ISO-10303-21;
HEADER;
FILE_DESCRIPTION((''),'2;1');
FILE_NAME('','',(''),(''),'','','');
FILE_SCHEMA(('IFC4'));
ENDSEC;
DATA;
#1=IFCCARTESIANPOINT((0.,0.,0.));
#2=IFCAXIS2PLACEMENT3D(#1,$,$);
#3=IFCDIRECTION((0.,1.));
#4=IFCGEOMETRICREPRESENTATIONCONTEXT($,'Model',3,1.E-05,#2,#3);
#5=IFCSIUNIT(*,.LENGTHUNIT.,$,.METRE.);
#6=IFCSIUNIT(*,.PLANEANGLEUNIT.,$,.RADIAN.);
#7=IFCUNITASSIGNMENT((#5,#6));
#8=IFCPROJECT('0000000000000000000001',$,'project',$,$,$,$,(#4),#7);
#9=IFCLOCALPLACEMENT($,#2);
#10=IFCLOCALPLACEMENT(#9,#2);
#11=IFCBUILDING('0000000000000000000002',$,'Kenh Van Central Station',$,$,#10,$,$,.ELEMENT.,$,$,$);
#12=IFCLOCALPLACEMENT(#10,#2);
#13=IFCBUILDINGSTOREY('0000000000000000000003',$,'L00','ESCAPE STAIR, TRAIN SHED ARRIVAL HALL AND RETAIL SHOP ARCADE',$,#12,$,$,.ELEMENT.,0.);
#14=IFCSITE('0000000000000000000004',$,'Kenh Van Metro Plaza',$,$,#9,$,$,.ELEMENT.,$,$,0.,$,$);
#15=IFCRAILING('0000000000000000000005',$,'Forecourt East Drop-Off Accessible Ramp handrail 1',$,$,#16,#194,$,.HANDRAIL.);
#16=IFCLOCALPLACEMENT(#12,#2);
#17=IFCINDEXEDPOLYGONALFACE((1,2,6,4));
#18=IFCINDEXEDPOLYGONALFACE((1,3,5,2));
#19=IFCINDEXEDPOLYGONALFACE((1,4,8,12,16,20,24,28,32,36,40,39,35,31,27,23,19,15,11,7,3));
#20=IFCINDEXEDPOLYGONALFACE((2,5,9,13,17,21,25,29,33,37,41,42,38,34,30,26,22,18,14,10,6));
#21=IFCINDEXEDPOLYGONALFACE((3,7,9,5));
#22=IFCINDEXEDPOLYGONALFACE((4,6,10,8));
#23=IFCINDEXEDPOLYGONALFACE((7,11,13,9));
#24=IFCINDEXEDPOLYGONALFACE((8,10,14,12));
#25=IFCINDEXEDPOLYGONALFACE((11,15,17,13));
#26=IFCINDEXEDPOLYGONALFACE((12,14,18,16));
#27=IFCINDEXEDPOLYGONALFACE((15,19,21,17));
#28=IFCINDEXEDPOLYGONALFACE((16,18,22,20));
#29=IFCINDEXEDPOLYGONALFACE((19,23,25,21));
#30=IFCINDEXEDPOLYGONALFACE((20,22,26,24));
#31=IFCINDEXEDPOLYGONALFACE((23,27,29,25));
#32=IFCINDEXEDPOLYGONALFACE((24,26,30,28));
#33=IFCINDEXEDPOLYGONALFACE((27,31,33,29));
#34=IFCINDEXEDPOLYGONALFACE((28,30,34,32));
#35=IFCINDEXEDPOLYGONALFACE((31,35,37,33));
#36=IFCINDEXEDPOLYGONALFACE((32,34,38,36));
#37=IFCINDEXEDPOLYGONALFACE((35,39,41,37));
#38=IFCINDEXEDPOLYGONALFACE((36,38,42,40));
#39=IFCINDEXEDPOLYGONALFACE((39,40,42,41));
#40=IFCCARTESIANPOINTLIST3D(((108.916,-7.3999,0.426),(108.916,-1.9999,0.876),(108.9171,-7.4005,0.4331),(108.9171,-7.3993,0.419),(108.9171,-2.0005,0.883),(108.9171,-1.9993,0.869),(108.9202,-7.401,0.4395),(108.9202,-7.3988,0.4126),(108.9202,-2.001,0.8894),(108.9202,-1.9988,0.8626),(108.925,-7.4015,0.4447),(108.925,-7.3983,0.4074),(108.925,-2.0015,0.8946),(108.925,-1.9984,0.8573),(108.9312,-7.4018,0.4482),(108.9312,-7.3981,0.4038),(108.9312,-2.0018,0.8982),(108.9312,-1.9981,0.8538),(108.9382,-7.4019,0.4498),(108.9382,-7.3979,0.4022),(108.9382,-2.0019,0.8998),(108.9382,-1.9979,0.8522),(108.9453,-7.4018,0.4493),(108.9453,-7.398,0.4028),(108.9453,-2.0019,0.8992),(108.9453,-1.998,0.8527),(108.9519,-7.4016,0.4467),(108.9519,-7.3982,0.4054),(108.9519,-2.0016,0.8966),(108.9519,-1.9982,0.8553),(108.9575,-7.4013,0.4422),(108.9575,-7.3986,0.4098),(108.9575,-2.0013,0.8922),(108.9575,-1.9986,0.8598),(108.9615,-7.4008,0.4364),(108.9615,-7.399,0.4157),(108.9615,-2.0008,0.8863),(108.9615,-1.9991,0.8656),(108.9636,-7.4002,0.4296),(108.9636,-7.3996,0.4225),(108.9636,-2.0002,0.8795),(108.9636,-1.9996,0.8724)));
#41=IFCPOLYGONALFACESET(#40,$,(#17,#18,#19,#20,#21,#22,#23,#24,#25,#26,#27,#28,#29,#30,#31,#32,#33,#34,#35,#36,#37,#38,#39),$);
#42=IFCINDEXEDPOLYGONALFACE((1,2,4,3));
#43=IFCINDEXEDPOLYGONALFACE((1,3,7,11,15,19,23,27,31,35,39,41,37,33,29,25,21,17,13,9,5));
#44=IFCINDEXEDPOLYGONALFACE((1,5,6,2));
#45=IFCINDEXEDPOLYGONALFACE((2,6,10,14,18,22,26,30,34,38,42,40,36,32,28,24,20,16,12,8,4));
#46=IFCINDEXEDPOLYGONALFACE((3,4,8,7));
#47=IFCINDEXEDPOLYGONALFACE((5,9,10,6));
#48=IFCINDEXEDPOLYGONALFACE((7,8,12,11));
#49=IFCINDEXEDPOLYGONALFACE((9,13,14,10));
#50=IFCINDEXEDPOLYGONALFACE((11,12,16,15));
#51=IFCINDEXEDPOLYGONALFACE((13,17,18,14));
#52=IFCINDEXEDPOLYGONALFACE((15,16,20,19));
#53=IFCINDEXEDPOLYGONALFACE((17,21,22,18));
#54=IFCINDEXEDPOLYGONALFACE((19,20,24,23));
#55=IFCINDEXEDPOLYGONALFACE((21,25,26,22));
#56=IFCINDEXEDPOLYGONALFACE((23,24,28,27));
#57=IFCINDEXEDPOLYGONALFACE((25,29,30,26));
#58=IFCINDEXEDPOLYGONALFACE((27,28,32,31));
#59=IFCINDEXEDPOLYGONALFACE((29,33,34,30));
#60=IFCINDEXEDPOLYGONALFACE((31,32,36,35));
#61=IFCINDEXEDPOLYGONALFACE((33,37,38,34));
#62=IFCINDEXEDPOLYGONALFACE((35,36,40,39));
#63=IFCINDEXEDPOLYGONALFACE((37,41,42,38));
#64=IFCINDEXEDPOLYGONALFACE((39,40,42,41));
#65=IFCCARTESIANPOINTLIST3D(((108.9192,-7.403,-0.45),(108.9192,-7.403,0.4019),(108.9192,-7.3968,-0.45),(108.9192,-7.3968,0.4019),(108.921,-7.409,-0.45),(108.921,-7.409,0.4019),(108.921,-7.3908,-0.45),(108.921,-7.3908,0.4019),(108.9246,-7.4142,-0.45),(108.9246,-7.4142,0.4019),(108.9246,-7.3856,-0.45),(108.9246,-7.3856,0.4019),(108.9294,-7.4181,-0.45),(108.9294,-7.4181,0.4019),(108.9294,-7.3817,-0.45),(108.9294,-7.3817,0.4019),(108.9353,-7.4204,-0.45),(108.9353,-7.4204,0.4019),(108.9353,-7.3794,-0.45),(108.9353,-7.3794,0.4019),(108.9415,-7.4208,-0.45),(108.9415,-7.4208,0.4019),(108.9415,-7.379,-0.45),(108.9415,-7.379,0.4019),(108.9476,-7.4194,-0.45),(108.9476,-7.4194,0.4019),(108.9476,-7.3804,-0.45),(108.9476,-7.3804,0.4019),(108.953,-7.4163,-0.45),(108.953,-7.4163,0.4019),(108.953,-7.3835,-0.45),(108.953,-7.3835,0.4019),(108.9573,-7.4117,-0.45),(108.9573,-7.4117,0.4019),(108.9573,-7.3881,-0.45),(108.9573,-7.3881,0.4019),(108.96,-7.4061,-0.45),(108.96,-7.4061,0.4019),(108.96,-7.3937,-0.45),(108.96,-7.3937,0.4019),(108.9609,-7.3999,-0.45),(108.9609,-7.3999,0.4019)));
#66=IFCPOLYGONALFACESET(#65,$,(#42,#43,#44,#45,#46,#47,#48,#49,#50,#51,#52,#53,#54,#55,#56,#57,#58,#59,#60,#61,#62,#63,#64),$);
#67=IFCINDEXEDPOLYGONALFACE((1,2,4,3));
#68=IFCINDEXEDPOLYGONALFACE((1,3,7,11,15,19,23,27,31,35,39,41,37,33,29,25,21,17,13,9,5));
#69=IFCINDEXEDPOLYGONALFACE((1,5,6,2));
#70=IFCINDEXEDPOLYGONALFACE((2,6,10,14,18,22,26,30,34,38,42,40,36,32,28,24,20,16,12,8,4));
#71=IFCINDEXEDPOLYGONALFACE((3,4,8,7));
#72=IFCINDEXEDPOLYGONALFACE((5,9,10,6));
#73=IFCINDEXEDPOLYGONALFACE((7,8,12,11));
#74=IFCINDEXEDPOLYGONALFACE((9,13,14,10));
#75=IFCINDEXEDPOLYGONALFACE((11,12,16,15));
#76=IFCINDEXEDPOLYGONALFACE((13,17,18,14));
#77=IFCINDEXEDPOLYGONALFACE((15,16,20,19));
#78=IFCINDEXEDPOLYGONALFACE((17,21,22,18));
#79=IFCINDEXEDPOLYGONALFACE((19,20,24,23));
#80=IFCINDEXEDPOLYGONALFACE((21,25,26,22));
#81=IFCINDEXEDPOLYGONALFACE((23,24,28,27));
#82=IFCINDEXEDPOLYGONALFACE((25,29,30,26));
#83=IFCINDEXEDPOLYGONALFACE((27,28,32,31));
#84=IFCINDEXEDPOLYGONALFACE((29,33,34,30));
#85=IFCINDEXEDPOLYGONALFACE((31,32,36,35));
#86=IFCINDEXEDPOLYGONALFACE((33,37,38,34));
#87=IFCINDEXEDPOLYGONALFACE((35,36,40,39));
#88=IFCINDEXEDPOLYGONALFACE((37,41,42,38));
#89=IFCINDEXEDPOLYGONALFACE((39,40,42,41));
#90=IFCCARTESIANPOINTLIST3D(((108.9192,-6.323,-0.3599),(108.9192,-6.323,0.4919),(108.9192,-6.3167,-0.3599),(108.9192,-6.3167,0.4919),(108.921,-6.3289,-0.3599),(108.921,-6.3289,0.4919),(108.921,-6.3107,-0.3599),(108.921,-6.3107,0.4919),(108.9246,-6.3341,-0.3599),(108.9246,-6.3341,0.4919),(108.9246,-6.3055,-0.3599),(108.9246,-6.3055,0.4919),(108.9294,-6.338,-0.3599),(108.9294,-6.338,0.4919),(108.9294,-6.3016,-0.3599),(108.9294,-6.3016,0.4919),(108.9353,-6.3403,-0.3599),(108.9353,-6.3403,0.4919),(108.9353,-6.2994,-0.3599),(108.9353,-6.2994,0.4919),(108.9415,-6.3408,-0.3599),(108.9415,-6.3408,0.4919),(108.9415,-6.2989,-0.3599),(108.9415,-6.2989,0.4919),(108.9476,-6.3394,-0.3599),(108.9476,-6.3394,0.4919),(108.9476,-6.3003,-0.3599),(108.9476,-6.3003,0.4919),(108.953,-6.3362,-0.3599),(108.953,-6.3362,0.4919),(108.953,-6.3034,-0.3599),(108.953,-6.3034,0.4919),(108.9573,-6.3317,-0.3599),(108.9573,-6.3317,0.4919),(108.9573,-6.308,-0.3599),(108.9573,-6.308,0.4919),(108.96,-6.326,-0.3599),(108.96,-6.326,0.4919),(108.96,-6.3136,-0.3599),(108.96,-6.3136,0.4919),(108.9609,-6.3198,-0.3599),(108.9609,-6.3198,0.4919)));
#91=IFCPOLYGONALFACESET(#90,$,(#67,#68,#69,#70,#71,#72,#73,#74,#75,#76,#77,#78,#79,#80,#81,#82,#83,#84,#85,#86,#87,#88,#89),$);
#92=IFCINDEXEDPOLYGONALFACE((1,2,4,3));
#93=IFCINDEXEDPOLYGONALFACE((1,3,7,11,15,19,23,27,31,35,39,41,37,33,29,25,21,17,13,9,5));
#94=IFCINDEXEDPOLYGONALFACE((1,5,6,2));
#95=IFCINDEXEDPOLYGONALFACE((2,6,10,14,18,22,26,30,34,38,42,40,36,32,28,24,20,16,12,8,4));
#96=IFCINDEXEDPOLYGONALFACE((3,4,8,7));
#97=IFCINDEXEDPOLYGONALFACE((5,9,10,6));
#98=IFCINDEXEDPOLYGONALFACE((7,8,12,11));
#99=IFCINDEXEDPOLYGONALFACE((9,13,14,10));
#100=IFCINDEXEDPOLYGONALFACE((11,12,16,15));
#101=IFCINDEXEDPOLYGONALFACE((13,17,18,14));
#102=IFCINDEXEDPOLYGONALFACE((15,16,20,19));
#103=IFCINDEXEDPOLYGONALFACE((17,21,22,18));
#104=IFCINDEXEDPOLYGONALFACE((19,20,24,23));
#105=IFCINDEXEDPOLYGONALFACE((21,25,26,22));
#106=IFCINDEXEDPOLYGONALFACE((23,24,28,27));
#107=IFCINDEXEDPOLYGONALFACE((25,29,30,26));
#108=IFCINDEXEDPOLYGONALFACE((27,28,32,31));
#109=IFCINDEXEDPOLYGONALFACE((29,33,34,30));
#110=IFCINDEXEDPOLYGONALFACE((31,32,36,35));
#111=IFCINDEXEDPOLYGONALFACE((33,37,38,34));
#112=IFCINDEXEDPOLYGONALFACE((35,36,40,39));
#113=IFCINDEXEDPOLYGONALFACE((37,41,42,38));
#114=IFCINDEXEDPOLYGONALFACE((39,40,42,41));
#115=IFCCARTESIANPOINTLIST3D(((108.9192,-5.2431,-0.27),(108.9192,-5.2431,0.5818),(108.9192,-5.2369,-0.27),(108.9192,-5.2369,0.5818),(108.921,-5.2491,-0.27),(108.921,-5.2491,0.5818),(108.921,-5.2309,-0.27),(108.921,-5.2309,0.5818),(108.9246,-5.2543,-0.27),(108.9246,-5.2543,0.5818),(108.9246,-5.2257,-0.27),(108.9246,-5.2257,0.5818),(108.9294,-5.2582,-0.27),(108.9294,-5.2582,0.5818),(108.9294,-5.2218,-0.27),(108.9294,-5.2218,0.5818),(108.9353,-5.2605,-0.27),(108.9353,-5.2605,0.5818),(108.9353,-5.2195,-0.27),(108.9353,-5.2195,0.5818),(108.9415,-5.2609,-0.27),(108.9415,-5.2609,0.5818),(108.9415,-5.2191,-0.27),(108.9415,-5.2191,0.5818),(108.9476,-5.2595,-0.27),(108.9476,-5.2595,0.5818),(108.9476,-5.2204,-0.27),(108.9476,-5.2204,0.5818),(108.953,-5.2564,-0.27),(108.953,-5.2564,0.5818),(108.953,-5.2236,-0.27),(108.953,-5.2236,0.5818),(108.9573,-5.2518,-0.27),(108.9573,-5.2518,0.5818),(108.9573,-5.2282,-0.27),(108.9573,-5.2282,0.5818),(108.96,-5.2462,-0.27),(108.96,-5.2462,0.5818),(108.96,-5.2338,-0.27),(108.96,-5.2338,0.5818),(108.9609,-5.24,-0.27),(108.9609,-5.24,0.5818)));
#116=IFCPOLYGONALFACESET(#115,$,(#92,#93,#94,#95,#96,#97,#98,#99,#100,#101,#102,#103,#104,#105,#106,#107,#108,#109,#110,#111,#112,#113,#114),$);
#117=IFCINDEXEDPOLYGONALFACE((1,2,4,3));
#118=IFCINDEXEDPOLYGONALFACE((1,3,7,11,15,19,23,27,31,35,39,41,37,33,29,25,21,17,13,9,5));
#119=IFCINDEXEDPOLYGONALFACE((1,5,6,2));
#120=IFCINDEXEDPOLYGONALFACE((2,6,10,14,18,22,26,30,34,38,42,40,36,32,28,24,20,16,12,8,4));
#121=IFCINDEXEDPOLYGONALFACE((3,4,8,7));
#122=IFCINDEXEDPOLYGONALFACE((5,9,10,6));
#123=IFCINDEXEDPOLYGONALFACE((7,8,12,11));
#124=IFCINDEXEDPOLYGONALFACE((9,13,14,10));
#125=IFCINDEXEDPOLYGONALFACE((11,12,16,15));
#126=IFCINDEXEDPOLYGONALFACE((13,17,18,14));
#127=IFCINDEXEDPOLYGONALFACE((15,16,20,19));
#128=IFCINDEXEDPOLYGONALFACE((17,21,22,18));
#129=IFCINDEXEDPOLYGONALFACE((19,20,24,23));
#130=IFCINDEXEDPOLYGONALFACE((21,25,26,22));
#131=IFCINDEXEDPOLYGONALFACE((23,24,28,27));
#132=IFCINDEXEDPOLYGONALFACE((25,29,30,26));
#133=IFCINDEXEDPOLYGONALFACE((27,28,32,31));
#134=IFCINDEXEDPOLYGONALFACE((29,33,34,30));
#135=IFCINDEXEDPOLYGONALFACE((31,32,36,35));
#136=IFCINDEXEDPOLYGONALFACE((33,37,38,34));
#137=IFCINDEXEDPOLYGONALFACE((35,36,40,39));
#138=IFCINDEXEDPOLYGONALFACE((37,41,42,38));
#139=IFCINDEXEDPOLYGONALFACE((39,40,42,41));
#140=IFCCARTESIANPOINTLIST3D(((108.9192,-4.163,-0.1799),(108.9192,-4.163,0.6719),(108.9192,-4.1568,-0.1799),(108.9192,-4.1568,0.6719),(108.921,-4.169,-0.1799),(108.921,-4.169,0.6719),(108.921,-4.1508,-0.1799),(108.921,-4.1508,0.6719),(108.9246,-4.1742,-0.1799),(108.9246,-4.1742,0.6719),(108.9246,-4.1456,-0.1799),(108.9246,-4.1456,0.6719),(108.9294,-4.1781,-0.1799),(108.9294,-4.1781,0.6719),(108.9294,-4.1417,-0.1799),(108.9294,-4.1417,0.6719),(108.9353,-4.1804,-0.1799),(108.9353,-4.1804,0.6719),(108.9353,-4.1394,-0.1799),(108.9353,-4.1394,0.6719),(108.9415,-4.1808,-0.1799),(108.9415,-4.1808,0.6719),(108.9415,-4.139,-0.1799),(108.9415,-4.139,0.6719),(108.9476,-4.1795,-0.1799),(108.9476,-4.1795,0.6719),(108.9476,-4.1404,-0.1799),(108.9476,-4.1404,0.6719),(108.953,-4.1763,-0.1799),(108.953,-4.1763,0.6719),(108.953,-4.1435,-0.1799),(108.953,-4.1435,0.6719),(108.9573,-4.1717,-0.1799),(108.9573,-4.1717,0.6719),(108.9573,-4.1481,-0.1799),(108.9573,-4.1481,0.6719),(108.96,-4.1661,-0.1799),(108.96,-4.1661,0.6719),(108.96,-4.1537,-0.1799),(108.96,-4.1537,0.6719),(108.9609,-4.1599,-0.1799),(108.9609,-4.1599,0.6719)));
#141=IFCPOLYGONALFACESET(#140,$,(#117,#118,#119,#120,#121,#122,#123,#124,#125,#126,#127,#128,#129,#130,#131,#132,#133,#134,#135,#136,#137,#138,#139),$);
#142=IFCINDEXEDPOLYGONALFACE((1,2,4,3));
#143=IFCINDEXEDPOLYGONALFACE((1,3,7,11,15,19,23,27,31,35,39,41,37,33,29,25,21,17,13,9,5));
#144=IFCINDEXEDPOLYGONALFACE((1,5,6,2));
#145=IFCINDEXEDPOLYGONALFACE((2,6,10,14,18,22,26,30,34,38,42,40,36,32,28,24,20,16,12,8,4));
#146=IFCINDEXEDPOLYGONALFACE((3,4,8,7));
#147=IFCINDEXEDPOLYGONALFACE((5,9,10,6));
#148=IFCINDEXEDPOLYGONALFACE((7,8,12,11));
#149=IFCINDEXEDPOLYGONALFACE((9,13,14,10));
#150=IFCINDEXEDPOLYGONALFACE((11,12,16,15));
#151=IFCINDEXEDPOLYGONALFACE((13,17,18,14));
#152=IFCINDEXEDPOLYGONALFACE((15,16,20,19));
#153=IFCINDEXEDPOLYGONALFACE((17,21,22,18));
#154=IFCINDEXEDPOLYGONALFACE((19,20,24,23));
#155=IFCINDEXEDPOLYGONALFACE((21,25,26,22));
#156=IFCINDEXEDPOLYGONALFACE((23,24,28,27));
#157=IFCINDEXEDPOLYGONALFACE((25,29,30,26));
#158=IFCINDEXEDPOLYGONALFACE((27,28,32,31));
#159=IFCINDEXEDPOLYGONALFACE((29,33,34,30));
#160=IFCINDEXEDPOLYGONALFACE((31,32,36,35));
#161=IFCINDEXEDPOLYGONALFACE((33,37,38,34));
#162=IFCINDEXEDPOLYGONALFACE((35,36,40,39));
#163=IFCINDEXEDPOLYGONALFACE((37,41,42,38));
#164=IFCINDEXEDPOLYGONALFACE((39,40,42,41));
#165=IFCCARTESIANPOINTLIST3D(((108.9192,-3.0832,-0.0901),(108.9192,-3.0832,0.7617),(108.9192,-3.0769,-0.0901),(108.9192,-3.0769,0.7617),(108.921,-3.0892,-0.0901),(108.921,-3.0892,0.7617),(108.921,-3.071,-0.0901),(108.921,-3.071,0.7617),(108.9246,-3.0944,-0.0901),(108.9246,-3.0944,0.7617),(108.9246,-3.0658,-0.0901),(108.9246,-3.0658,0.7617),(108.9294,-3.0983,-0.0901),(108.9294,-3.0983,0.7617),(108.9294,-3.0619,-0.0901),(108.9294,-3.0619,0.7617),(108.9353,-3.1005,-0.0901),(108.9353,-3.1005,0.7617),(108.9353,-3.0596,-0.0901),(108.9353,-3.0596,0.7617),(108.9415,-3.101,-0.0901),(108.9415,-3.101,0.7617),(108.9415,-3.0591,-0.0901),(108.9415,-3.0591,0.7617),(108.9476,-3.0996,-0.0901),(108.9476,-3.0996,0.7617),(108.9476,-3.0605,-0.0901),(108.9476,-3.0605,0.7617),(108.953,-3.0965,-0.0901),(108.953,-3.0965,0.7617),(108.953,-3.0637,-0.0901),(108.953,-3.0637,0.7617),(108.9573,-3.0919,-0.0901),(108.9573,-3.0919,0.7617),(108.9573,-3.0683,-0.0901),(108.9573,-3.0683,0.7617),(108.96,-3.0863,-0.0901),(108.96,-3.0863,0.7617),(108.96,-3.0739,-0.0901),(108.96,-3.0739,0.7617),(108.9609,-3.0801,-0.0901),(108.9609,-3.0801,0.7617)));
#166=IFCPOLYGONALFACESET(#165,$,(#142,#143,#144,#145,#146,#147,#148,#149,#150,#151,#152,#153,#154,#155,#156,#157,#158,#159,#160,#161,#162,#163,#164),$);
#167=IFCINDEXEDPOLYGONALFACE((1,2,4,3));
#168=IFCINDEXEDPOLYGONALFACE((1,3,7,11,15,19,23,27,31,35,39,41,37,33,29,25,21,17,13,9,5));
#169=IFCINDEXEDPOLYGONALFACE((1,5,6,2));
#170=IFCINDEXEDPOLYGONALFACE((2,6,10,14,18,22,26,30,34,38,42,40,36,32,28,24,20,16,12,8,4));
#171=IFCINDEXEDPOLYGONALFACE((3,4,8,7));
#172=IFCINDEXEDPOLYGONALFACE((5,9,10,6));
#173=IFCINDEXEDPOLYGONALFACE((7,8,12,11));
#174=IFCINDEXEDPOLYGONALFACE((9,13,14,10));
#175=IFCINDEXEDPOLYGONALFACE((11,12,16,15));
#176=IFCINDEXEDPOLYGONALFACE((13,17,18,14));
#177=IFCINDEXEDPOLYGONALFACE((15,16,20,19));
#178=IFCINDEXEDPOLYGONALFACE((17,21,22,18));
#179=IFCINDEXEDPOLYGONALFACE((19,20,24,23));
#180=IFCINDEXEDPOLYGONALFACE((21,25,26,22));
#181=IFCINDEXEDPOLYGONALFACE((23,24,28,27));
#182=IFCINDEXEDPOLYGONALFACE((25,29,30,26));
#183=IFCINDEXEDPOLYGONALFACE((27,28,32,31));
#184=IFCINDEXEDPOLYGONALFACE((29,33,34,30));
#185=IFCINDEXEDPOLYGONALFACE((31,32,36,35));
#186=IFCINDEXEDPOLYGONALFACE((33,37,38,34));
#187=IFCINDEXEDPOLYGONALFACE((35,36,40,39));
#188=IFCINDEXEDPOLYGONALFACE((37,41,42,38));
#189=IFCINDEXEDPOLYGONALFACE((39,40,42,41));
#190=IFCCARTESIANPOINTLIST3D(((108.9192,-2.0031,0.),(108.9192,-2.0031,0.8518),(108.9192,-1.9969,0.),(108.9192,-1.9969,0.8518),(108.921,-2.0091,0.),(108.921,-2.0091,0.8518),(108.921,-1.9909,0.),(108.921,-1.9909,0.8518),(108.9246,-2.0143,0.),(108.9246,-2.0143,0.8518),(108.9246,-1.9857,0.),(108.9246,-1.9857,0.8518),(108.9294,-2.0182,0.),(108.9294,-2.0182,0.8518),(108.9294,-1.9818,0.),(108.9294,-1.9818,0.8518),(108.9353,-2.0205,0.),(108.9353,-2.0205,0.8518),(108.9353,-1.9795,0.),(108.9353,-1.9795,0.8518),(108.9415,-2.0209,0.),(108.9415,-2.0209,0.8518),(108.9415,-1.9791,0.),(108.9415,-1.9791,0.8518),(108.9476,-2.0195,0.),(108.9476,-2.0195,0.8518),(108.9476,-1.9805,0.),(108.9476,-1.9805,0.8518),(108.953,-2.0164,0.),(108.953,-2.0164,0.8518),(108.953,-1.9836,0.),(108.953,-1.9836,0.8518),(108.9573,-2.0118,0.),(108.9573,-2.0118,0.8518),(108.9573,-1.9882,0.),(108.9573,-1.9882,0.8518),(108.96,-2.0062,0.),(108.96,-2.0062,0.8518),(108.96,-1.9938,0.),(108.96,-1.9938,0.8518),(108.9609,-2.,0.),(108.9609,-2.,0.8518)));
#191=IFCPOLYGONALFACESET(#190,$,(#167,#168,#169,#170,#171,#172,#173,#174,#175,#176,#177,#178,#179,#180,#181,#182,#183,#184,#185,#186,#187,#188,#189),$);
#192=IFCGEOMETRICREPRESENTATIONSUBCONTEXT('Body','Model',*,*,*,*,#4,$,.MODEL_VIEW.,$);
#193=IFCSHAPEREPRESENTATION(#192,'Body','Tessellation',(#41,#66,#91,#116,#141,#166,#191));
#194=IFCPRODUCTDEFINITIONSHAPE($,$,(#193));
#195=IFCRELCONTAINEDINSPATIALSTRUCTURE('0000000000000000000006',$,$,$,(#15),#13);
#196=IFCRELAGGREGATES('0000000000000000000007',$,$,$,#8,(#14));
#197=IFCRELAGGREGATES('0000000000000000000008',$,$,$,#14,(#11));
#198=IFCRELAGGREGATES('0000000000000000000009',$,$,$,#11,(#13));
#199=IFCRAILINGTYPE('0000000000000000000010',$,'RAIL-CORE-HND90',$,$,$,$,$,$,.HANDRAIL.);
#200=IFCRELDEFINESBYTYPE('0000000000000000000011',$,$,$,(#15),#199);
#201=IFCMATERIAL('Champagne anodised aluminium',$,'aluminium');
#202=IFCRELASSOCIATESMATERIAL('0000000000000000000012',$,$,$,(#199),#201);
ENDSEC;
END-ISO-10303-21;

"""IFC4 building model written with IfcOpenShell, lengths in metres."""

from ifc_helpers import new_model, si_unit, direction, frame, origin, origin_2d, place, context, subcontext, project, spatial, circle, extrude, material, type_object, element, save


model = new_model("IFC4")

# Units and contexts
model_context = context("Model", 3, precision=1e-05, world=origin(), true_north=direction((0.0, 1.0)))
body_context = subcontext(model_context, "Body", "Model", "MODEL_VIEW")
ifc_project = project(units=[si_unit("LENGTHUNIT", "METRE"), si_unit("PLANEANGLEUNIT", "RADIAN")], contexts=[model_context])

# Site, building, storey
site_placement = place(None, origin())
site = spatial("IfcSite", under=ifc_project, at=site_placement, Name="Kenh Van Metro Plaza", CompositionType="ELEMENT", RefElevation=0.0)
building_placement = place(site_placement, origin())
building = spatial("IfcBuilding", under=site, at=building_placement, Name="Kenh Van Central Station", CompositionType="ELEMENT")
storey_placement = place(building_placement, origin())
storey = spatial("IfcBuildingStorey", under=building, at=storey_placement, Name="L00", Description="ESCAPE STAIR, TRAIN SHED ARRIVAL HALL AND RETAIL SHOP ARCADE", CompositionType="ELEMENT", Elevation=0.0)

# Shared definitions
ifc_material_1 = material(Name="Champagne anodised aluminium", Category="aluminium")

# Railing
railing_type = type_object("IfcRailingType", Name="RAIL-CORE-HND90", PredefinedType="HANDRAIL", material=ifc_material_1)
for number, where, name in (
    (1, (108.9399, -7.3999, -0.45), "Forecourt East Drop-Off Accessible Ramp handrail 1"),
):
    element("IfcRailing", number, at=place(storey_placement, frame(where)), inside=storey, type_object=railing_type, Name=name, PredefinedType="HANDRAIL", context=body_context, shape_type="SweptSolid", body=[
        extrude(circle(Radius=0.0239, at=origin_2d()), frame((0.0, 0.0, 0.876), z_axis=(0.0, 0.996546, 0.083038), x_axis=(-1.0, 0.0, 0.0)), (0.0, 0.0, 1.0), 5.4187),
        extrude(circle(Radius=0.021, at=origin_2d()), origin(), (0.0, 0.0, 1.0), 0.8518),
        extrude(circle(Radius=0.021, at=origin_2d()), frame((0.0, 1.0801, 0.0901)), (0.0, 0.0, 1.0), 0.8518),
        extrude(circle(Radius=0.021, at=origin_2d()), frame((0.0, 2.1599, 0.1799)), (0.0, 0.0, 1.0), 0.8518),
        extrude(circle(Radius=0.021, at=origin_2d()), frame((0.0, 3.24, 0.27)), (0.0, 0.0, 1.0), 0.8518),
        extrude(circle(Radius=0.021, at=origin_2d()), frame((0.0, 4.3198, 0.3599)), (0.0, 0.0, 1.0), 0.8518),
        extrude(circle(Radius=0.021, at=origin_2d()), frame((0.0, 5.3999, 0.45)), (0.0, 0.0, 1.0), 0.8518),
    ])

save(model, "model.ifc")
